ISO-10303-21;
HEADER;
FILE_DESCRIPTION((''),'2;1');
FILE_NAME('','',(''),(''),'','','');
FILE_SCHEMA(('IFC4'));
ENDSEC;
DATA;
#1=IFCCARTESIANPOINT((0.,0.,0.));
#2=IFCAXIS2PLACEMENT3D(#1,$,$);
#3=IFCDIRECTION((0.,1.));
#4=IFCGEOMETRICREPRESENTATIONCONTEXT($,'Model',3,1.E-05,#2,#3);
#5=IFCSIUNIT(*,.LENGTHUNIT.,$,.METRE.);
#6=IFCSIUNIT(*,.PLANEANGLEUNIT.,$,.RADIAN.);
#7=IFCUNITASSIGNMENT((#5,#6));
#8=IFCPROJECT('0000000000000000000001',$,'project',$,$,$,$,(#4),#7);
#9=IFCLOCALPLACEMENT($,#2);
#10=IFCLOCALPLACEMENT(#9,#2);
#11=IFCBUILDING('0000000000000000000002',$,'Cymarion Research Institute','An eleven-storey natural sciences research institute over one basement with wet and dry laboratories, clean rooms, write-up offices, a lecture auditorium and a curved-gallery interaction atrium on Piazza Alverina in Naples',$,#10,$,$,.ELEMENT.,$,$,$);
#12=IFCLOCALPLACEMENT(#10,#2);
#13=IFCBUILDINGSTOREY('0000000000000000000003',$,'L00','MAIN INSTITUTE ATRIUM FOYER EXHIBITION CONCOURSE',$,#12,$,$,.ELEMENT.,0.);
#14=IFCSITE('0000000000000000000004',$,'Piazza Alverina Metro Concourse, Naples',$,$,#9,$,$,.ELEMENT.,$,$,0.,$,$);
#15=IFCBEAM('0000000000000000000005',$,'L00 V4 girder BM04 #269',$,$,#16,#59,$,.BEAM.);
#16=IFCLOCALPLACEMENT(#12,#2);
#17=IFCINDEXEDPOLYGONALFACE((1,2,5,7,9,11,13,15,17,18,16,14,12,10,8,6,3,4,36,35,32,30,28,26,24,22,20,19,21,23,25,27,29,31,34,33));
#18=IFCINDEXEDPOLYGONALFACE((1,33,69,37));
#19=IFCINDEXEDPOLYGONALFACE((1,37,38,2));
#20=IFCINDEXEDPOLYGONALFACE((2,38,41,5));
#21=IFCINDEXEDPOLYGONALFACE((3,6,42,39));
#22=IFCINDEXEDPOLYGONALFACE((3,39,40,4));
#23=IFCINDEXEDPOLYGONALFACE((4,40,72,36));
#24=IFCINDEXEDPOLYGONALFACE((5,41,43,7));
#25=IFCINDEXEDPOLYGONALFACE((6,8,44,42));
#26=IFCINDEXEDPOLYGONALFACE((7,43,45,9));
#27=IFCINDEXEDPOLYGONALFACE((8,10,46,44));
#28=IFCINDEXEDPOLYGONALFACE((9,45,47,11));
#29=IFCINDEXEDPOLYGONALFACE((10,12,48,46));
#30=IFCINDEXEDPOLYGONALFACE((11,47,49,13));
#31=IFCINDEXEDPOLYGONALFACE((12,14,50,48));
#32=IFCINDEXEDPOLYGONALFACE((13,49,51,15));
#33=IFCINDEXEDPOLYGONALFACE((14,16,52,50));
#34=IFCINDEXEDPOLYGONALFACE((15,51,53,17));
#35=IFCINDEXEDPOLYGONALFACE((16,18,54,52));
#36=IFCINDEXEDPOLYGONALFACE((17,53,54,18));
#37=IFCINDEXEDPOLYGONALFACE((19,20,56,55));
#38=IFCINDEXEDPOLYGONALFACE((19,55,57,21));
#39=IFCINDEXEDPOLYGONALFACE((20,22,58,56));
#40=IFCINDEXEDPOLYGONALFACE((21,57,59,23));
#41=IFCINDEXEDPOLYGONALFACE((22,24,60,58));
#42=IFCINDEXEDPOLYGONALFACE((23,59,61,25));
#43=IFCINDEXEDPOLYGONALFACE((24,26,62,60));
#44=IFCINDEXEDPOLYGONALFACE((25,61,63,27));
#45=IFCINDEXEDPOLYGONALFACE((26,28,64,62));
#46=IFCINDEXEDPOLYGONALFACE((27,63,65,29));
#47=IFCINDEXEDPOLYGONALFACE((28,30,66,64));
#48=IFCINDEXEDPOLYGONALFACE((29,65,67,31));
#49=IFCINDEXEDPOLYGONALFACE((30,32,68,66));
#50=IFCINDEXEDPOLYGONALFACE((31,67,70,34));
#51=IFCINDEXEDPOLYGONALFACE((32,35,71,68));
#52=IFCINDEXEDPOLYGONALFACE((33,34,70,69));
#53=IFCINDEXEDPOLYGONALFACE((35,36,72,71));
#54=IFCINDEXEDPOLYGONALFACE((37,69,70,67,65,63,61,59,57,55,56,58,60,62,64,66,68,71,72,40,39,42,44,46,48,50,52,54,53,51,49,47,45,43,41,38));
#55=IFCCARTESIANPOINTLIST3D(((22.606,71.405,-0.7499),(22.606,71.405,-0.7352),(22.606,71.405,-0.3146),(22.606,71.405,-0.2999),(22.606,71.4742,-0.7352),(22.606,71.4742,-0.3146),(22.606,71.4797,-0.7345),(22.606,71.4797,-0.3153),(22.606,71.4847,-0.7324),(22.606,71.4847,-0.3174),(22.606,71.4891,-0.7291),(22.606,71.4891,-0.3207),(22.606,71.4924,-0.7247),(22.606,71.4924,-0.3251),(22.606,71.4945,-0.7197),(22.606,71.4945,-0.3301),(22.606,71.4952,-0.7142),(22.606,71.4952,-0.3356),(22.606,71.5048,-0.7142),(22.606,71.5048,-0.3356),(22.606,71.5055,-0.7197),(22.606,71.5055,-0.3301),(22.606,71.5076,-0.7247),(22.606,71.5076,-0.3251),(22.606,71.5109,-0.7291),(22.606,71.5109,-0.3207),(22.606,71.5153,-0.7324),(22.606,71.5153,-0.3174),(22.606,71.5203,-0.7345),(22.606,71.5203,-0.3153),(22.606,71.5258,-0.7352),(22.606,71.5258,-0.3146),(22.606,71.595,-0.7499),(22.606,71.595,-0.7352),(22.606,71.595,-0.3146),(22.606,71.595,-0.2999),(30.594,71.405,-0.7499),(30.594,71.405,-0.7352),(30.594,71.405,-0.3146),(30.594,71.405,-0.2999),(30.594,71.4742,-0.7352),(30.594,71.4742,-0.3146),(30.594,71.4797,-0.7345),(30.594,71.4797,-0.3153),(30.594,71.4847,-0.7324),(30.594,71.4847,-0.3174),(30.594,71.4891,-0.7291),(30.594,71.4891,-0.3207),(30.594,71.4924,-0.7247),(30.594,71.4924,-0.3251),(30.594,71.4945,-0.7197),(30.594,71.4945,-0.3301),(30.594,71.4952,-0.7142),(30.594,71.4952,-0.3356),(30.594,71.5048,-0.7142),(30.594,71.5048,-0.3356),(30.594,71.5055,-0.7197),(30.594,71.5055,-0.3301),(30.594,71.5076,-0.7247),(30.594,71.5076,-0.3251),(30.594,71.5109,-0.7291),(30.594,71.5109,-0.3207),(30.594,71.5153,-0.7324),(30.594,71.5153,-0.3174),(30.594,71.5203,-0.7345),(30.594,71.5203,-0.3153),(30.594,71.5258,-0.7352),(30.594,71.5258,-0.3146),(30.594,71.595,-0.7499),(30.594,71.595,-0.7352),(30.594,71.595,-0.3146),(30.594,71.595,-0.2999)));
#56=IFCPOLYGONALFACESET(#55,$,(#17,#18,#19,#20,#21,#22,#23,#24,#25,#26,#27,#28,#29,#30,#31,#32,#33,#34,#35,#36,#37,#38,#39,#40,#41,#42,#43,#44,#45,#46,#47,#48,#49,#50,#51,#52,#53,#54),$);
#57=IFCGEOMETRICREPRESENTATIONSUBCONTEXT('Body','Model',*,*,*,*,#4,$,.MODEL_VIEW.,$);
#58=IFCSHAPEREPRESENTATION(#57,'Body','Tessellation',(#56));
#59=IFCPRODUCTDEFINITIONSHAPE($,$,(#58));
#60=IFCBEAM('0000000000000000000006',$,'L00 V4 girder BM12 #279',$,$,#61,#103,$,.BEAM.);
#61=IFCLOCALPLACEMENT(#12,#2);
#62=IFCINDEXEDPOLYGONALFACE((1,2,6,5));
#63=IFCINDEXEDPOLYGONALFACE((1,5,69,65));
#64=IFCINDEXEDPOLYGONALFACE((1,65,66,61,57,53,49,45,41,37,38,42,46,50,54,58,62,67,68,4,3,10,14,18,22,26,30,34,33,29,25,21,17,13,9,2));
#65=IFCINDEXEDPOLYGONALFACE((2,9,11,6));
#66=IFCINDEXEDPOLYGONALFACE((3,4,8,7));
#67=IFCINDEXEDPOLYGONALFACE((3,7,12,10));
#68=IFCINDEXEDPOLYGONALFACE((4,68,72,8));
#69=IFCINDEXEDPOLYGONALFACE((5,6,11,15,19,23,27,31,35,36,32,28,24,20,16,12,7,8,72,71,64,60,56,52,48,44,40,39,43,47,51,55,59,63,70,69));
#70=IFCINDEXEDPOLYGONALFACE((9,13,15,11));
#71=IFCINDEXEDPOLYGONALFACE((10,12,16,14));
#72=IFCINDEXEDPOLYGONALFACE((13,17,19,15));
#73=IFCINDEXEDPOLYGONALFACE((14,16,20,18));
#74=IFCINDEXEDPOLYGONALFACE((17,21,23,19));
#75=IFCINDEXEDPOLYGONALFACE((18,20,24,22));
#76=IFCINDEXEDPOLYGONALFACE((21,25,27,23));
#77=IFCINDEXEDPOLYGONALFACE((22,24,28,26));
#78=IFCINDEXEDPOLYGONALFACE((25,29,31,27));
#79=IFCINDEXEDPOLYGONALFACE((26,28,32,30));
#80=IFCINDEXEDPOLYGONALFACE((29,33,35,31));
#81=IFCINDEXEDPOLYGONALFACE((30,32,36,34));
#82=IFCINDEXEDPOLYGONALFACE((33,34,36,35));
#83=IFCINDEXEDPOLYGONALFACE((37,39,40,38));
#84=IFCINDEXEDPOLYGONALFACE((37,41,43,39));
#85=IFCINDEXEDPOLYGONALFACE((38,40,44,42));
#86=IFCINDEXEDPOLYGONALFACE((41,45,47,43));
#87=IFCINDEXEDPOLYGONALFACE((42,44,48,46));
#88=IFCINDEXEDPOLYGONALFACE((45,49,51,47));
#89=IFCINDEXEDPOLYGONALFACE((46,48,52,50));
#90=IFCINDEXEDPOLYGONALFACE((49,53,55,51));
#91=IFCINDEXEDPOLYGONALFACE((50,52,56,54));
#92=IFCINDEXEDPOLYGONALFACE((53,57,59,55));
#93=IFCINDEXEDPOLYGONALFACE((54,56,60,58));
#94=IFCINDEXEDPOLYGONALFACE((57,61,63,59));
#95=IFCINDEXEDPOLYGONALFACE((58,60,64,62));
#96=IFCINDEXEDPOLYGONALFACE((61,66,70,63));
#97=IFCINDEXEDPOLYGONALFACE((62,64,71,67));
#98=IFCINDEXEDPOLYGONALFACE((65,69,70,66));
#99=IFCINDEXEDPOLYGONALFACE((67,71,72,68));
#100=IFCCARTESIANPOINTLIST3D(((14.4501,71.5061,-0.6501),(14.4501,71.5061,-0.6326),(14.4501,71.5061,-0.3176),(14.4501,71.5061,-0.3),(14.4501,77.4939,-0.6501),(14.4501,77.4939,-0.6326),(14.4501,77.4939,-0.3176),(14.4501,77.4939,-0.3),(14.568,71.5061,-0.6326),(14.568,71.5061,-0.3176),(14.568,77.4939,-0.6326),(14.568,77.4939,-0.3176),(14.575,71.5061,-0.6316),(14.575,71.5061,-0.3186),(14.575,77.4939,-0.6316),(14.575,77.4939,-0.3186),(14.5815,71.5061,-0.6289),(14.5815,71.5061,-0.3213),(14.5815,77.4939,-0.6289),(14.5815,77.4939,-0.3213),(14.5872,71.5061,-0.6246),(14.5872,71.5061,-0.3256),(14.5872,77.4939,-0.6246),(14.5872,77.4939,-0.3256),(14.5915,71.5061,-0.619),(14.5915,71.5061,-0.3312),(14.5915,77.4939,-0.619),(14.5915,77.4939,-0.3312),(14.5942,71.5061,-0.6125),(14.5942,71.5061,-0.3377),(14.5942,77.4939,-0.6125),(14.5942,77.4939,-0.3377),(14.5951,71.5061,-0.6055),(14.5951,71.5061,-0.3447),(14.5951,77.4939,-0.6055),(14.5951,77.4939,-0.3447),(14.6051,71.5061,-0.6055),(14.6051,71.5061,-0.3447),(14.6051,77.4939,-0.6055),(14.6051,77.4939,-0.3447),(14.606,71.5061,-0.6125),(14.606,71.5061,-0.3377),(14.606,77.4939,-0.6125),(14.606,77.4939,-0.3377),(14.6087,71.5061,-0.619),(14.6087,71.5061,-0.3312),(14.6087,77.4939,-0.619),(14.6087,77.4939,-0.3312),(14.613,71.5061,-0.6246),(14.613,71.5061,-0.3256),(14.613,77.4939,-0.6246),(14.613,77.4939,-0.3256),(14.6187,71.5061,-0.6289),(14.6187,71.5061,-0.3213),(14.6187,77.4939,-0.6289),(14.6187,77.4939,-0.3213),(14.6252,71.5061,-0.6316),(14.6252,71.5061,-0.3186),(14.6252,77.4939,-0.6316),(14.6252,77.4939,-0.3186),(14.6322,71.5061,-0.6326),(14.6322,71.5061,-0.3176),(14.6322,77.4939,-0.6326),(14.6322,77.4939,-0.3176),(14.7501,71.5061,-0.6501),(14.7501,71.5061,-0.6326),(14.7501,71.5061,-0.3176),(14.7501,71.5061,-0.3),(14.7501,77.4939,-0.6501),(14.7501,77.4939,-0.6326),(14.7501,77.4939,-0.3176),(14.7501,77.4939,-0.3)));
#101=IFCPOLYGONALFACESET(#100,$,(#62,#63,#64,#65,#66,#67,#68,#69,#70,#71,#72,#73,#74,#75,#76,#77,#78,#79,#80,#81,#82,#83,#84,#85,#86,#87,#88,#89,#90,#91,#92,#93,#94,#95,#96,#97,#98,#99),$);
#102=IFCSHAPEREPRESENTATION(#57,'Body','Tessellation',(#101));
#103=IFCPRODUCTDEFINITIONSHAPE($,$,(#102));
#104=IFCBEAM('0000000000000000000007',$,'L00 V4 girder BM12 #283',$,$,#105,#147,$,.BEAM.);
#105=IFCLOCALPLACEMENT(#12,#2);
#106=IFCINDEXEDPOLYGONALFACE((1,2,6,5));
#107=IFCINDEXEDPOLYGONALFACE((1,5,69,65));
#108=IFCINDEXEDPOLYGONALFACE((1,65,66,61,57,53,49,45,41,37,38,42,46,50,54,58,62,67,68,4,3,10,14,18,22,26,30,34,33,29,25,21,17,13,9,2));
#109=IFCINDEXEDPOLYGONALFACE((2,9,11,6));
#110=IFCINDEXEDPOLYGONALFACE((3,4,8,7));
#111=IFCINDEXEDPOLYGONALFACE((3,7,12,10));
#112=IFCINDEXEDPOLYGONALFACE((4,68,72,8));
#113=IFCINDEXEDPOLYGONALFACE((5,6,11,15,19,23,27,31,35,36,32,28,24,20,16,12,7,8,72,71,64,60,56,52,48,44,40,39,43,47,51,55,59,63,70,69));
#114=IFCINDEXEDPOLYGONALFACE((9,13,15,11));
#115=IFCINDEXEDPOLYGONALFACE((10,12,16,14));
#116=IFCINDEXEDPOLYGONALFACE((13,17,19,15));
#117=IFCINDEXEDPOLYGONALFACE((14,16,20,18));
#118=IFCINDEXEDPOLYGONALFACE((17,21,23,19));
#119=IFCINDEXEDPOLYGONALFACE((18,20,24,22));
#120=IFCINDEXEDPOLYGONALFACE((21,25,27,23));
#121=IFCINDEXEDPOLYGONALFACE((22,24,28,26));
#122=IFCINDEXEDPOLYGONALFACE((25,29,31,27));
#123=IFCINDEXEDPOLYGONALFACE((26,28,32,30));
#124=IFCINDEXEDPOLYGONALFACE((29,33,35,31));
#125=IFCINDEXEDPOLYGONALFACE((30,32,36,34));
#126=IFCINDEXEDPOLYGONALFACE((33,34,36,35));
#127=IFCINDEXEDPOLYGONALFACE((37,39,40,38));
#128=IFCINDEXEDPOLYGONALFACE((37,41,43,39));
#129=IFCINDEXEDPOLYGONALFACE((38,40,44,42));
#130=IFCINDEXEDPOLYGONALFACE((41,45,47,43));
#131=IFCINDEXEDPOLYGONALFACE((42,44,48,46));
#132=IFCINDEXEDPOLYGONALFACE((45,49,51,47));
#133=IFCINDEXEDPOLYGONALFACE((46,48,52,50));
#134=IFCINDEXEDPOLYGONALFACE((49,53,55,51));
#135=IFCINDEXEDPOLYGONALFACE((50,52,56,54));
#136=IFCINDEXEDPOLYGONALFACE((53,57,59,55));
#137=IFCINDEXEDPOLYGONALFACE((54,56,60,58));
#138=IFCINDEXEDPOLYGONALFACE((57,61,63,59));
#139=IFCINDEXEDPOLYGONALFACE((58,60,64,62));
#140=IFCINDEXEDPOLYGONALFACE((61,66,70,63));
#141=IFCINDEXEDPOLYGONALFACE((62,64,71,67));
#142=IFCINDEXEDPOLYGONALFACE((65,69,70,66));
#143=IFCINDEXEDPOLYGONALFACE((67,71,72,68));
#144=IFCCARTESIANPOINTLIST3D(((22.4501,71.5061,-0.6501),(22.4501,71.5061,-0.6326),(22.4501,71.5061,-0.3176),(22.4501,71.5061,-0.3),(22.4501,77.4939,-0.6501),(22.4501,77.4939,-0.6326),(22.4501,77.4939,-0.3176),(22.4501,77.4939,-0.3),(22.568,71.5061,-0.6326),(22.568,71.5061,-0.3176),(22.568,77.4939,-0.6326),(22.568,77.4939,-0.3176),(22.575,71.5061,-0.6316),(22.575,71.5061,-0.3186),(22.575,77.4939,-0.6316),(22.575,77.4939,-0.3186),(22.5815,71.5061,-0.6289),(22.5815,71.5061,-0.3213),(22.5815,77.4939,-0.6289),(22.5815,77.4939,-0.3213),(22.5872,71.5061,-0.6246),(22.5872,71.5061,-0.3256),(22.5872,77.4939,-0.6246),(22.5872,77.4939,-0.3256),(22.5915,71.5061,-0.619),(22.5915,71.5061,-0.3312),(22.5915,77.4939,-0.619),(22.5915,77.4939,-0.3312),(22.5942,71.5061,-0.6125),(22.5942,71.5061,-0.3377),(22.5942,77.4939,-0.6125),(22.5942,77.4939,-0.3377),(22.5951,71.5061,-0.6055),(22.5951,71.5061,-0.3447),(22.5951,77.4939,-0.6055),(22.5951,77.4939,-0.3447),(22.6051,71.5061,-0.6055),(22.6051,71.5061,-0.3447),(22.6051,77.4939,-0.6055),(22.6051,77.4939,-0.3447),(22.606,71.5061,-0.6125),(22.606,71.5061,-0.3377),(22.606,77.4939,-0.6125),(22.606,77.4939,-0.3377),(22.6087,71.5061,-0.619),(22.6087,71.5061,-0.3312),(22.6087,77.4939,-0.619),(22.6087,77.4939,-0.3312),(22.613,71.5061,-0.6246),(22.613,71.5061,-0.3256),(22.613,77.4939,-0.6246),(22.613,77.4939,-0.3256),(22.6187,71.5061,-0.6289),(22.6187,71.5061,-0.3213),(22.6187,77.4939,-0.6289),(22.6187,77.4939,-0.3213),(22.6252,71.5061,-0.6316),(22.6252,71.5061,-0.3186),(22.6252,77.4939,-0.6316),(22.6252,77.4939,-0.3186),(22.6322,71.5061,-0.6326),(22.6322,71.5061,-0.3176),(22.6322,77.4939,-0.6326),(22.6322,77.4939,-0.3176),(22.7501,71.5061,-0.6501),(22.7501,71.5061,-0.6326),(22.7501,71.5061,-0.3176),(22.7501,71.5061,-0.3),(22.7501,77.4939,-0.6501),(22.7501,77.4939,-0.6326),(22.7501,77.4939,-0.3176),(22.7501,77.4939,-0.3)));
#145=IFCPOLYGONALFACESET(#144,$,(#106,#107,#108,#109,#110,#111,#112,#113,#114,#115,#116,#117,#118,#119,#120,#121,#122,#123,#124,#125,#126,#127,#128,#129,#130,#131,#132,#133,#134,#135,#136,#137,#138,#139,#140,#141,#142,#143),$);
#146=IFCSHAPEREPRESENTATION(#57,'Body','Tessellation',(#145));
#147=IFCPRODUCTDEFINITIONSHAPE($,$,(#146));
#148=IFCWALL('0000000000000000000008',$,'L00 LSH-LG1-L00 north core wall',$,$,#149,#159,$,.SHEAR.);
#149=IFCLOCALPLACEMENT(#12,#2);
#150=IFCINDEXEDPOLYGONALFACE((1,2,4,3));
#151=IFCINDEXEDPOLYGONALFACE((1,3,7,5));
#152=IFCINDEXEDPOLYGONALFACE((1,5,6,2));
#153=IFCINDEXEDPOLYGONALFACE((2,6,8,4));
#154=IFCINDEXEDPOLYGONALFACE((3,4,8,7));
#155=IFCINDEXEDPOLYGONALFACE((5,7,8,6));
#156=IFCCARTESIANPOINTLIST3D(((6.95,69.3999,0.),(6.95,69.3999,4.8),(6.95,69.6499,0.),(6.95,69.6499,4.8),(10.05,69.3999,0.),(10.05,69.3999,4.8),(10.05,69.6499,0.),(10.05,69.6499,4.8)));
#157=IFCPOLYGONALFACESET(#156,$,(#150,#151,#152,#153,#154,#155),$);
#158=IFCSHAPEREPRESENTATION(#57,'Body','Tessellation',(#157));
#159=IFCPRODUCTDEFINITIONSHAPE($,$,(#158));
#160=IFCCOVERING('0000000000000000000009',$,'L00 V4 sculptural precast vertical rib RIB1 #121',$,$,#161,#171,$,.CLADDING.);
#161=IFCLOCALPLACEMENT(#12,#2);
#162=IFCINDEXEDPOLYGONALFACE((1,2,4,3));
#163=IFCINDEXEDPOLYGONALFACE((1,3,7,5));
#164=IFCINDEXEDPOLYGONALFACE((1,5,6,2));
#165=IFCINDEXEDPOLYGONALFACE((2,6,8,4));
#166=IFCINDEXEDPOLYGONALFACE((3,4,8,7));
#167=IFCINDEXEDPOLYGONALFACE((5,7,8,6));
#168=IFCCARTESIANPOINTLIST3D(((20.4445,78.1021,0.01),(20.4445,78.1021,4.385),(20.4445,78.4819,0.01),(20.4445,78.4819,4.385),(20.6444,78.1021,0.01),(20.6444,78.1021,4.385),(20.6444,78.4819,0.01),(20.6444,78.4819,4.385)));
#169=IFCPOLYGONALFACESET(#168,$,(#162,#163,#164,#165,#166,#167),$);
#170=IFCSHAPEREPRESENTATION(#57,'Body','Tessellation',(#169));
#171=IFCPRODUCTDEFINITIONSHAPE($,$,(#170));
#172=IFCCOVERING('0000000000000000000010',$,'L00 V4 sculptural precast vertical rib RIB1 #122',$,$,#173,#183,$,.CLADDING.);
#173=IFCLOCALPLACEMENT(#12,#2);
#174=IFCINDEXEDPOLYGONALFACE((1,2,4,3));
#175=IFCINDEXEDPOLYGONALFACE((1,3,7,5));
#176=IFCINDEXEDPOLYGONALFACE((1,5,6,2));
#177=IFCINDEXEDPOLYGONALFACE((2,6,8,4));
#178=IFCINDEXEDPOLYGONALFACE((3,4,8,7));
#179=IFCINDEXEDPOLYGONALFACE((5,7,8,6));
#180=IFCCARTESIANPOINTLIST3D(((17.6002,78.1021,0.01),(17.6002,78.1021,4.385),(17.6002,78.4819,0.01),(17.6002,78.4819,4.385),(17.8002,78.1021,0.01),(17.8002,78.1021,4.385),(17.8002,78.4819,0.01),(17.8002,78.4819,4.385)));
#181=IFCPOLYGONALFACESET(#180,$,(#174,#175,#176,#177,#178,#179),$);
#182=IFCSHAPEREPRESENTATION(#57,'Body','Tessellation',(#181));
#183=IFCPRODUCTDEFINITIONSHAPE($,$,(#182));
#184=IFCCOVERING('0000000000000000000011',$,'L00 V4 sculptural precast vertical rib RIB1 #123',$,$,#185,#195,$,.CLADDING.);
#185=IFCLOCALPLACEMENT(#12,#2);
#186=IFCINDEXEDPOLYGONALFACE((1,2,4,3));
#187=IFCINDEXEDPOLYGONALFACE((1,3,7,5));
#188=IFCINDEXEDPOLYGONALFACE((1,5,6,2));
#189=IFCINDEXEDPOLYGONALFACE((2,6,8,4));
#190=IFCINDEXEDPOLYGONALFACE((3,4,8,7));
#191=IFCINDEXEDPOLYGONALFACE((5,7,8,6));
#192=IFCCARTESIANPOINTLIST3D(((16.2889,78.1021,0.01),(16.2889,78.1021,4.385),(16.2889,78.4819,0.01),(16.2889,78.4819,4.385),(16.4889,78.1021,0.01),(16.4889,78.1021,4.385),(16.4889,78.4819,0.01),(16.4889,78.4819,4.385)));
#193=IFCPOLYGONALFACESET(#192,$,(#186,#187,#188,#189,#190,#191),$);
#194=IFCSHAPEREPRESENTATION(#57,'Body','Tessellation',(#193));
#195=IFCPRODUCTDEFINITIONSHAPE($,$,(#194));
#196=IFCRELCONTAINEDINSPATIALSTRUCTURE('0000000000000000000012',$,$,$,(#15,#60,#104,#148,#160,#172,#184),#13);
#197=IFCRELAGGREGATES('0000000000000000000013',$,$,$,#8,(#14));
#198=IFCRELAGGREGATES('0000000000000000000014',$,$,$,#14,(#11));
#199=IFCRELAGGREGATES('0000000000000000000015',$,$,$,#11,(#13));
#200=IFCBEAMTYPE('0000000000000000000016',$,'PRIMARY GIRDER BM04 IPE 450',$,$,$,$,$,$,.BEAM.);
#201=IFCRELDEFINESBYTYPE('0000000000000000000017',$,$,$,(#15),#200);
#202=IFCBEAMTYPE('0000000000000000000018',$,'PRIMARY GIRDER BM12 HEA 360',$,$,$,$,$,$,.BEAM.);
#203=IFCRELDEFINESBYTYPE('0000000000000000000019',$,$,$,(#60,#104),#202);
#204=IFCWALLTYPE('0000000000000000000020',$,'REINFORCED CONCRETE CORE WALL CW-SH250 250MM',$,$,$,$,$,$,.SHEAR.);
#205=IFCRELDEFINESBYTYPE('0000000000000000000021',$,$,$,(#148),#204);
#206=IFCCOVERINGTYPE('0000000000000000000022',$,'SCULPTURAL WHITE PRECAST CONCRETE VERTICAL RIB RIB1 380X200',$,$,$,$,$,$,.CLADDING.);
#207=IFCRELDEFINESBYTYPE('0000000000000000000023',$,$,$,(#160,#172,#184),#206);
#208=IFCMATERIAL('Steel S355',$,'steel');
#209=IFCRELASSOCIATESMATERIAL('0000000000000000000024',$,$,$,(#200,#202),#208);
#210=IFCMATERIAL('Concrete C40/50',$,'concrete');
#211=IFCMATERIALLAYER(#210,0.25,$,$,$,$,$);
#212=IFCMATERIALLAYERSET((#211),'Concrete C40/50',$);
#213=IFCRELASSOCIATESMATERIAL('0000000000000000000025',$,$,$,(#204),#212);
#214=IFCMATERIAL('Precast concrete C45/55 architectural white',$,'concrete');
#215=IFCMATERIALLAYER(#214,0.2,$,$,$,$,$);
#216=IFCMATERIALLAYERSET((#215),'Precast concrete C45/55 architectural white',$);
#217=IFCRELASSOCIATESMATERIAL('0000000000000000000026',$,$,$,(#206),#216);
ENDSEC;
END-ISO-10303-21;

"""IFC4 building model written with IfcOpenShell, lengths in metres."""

from ifc_helpers import new_model, si_unit, direction, frame, frame_2d, origin, origin_2d, place, context, subcontext, project, spatial, rectangle, i_section, extrude, material, layer, layer_set, material_profile, profile_set, type_object, element, save


model = new_model("IFC4")

# Units and contexts
model_context = context("Model", 3, precision=1e-05, world=origin(), true_north=direction((0.0, 1.0)))
body_context = subcontext(model_context, "Body", "Model", "MODEL_VIEW")
ifc_project = project(units=[si_unit("LENGTHUNIT", "METRE"), si_unit("PLANEANGLEUNIT", "RADIAN")], contexts=[model_context])

# Site, building, storey
site_placement = place(None, origin())
site = spatial("IfcSite", under=ifc_project, at=site_placement, Name="Piazza Alverina Metro Concourse, Naples", CompositionType="ELEMENT", RefElevation=0.0)
building_placement = place(site_placement, origin())
building = spatial("IfcBuilding", under=site, at=building_placement, Name="Cymarion Research Institute", Description="An eleven-storey natural sciences research institute over one basement with wet and dry laboratories, clean rooms, write-up offices, a lecture auditorium and a curved-gallery interaction atrium on Piazza Alverina in Naples", CompositionType="ELEMENT")
storey_placement = place(building_placement, origin())
storey = spatial("IfcBuildingStorey", under=building, at=storey_placement, Name="L00", Description="MAIN INSTITUTE ATRIUM FOYER EXHIBITION CONCOURSE", CompositionType="ELEMENT", Elevation=0.0)

# Shared definitions
ifc_material_1 = material(Name="Steel S355", Category="steel")
ifc_material_2 = material(Name="Concrete C40/50", Category="concrete")

# Beams
ifc_material_profile_1 = material_profile(ifc_material_1, i_section(OverallWidth=0.1899, OverallDepth=0.45, WebThickness=0.0095, FlangeThickness=0.0146, FilletRadius=0.021, at=origin_2d()), Name="IPE 450")
ifc_profile_set_1 = profile_set([ifc_material_profile_1], Name="Steel S355")
beam_type_1 = type_object("IfcBeamType", Name="PRIMARY GIRDER BM04 IPE 450", PredefinedType="BEAM", material=ifc_profile_set_1)
for number, where, z_axis, x_axis, name in (
    (1, (22.606, 71.5, -0.5249), (1.0, 0.0, 0.0), (0.0, 1.0, 0.0), "L00 V4 girder BM04 #269"),
):
    element("IfcBeam", number, at=place(storey_placement, frame(where, z_axis=z_axis, x_axis=x_axis)), inside=storey, type_object=beam_type_1, Name=name, PredefinedType="BEAM", context=body_context, shape_type="SweptSolid", body=[
        extrude(i_section(OverallWidth=0.1899, OverallDepth=0.45, WebThickness=0.0095, FlangeThickness=0.0146, FilletRadius=0.021, at=origin_2d()), origin(), (0.0, 0.0, 1.0), 7.988),
    ])
ifc_material_profile_2 = material_profile(ifc_material_1, i_section(OverallWidth=0.3, OverallDepth=0.3501, WebThickness=0.01, FlangeThickness=0.0176, FilletRadius=0.0271, at=origin_2d()), Name="HEA 360")
ifc_profile_set_2 = profile_set([ifc_material_profile_2], Name="Steel S355")
beam_type_2 = type_object("IfcBeamType", Name="PRIMARY GIRDER BM12 HEA 360", PredefinedType="BEAM", material=ifc_profile_set_2)
for number, where, z_axis, x_axis, name in (
    (2, (14.6001, 71.5061, -0.4751), (0.0, 1.0, 0.0), (-1.0, 0.0, 0.0), "L00 V4 girder BM12 #279"),
    (3, (22.6001, 71.5061, -0.4751), (0.0, 1.0, 0.0), (-1.0, 0.0, 0.0), "L00 V4 girder BM12 #283"),
):
    element("IfcBeam", number, at=place(storey_placement, frame(where, z_axis=z_axis, x_axis=x_axis)), inside=storey, type_object=beam_type_2, Name=name, PredefinedType="BEAM", context=body_context, shape_type="SweptSolid", body=[
        extrude(i_section(OverallWidth=0.3, OverallDepth=0.3501, WebThickness=0.01, FlangeThickness=0.0176, FilletRadius=0.0271, at=origin_2d()), origin(), (0.0, 0.0, 1.0), 5.9878),
    ])

# Wall
ifc_layer_1 = layer(ifc_material_2, 0.25)
ifc_layer_set_1 = layer_set([ifc_layer_1], Name="Concrete C40/50")
wall_type = type_object("IfcWallType", Name="REINFORCED CONCRETE CORE WALL CW-SH250 250MM", PredefinedType="SHEAR", material=ifc_layer_set_1)
wall_placement = place(storey_placement, frame((10.05, 69.5249, 0.0), z_axis=(0.0, 0.0, 1.0), x_axis=(-1.0, 0.0, 0.0)))
element("IfcWall", 4, at=wall_placement, inside=storey, type_object=wall_type, Name="L00 LSH-LG1-L00 north core wall", PredefinedType="SHEAR", context=body_context, shape_type="SweptSolid", body=[
    extrude(rectangle(XDim=3.1001, YDim=0.25, at=frame_2d((1.55, 0.0))), origin(), (0.0, 0.0, 1.0), 4.8),
])

# Coverings
ifc_material_3 = material(Name="Precast concrete C45/55 architectural white", Category="concrete")
ifc_layer_2 = layer(ifc_material_3, 0.2)
ifc_layer_set_2 = layer_set([ifc_layer_2], Name="Precast concrete C45/55 architectural white")
covering_type = type_object("IfcCoveringType", Name="SCULPTURAL WHITE PRECAST CONCRETE VERTICAL RIB RIB1 380X200", PredefinedType="CLADDING", material=ifc_layer_set_2)
for number, where, z_axis, x_axis, name in (
    (5, (20.5444, 78.292, 0.01), (0.0, 0.0, 1.0), (0.0, 1.0, 0.0), "L00 V4 sculptural precast vertical rib RIB1 #121"),
    (6, (17.7002, 78.292, 0.01), (0.0, 0.0, 1.0), (0.0, 1.0, 0.0), "L00 V4 sculptural precast vertical rib RIB1 #122"),
    (7, (16.3889, 78.292, 0.01), (0.0, 0.0, 1.0), (0.0, 1.0, 0.0), "L00 V4 sculptural precast vertical rib RIB1 #123"),
):
    element("IfcCovering", number, at=place(storey_placement, frame(where, z_axis=z_axis, x_axis=x_axis)), inside=storey, type_object=covering_type, Name=name, PredefinedType="CLADDING", context=body_context, shape_type="SweptSolid", body=[
        extrude(rectangle(XDim=0.3799, YDim=0.2, at=origin_2d()), origin(), (0.0, 0.0, 1.0), 4.375),
    ])

save(model, "model.ifc")
